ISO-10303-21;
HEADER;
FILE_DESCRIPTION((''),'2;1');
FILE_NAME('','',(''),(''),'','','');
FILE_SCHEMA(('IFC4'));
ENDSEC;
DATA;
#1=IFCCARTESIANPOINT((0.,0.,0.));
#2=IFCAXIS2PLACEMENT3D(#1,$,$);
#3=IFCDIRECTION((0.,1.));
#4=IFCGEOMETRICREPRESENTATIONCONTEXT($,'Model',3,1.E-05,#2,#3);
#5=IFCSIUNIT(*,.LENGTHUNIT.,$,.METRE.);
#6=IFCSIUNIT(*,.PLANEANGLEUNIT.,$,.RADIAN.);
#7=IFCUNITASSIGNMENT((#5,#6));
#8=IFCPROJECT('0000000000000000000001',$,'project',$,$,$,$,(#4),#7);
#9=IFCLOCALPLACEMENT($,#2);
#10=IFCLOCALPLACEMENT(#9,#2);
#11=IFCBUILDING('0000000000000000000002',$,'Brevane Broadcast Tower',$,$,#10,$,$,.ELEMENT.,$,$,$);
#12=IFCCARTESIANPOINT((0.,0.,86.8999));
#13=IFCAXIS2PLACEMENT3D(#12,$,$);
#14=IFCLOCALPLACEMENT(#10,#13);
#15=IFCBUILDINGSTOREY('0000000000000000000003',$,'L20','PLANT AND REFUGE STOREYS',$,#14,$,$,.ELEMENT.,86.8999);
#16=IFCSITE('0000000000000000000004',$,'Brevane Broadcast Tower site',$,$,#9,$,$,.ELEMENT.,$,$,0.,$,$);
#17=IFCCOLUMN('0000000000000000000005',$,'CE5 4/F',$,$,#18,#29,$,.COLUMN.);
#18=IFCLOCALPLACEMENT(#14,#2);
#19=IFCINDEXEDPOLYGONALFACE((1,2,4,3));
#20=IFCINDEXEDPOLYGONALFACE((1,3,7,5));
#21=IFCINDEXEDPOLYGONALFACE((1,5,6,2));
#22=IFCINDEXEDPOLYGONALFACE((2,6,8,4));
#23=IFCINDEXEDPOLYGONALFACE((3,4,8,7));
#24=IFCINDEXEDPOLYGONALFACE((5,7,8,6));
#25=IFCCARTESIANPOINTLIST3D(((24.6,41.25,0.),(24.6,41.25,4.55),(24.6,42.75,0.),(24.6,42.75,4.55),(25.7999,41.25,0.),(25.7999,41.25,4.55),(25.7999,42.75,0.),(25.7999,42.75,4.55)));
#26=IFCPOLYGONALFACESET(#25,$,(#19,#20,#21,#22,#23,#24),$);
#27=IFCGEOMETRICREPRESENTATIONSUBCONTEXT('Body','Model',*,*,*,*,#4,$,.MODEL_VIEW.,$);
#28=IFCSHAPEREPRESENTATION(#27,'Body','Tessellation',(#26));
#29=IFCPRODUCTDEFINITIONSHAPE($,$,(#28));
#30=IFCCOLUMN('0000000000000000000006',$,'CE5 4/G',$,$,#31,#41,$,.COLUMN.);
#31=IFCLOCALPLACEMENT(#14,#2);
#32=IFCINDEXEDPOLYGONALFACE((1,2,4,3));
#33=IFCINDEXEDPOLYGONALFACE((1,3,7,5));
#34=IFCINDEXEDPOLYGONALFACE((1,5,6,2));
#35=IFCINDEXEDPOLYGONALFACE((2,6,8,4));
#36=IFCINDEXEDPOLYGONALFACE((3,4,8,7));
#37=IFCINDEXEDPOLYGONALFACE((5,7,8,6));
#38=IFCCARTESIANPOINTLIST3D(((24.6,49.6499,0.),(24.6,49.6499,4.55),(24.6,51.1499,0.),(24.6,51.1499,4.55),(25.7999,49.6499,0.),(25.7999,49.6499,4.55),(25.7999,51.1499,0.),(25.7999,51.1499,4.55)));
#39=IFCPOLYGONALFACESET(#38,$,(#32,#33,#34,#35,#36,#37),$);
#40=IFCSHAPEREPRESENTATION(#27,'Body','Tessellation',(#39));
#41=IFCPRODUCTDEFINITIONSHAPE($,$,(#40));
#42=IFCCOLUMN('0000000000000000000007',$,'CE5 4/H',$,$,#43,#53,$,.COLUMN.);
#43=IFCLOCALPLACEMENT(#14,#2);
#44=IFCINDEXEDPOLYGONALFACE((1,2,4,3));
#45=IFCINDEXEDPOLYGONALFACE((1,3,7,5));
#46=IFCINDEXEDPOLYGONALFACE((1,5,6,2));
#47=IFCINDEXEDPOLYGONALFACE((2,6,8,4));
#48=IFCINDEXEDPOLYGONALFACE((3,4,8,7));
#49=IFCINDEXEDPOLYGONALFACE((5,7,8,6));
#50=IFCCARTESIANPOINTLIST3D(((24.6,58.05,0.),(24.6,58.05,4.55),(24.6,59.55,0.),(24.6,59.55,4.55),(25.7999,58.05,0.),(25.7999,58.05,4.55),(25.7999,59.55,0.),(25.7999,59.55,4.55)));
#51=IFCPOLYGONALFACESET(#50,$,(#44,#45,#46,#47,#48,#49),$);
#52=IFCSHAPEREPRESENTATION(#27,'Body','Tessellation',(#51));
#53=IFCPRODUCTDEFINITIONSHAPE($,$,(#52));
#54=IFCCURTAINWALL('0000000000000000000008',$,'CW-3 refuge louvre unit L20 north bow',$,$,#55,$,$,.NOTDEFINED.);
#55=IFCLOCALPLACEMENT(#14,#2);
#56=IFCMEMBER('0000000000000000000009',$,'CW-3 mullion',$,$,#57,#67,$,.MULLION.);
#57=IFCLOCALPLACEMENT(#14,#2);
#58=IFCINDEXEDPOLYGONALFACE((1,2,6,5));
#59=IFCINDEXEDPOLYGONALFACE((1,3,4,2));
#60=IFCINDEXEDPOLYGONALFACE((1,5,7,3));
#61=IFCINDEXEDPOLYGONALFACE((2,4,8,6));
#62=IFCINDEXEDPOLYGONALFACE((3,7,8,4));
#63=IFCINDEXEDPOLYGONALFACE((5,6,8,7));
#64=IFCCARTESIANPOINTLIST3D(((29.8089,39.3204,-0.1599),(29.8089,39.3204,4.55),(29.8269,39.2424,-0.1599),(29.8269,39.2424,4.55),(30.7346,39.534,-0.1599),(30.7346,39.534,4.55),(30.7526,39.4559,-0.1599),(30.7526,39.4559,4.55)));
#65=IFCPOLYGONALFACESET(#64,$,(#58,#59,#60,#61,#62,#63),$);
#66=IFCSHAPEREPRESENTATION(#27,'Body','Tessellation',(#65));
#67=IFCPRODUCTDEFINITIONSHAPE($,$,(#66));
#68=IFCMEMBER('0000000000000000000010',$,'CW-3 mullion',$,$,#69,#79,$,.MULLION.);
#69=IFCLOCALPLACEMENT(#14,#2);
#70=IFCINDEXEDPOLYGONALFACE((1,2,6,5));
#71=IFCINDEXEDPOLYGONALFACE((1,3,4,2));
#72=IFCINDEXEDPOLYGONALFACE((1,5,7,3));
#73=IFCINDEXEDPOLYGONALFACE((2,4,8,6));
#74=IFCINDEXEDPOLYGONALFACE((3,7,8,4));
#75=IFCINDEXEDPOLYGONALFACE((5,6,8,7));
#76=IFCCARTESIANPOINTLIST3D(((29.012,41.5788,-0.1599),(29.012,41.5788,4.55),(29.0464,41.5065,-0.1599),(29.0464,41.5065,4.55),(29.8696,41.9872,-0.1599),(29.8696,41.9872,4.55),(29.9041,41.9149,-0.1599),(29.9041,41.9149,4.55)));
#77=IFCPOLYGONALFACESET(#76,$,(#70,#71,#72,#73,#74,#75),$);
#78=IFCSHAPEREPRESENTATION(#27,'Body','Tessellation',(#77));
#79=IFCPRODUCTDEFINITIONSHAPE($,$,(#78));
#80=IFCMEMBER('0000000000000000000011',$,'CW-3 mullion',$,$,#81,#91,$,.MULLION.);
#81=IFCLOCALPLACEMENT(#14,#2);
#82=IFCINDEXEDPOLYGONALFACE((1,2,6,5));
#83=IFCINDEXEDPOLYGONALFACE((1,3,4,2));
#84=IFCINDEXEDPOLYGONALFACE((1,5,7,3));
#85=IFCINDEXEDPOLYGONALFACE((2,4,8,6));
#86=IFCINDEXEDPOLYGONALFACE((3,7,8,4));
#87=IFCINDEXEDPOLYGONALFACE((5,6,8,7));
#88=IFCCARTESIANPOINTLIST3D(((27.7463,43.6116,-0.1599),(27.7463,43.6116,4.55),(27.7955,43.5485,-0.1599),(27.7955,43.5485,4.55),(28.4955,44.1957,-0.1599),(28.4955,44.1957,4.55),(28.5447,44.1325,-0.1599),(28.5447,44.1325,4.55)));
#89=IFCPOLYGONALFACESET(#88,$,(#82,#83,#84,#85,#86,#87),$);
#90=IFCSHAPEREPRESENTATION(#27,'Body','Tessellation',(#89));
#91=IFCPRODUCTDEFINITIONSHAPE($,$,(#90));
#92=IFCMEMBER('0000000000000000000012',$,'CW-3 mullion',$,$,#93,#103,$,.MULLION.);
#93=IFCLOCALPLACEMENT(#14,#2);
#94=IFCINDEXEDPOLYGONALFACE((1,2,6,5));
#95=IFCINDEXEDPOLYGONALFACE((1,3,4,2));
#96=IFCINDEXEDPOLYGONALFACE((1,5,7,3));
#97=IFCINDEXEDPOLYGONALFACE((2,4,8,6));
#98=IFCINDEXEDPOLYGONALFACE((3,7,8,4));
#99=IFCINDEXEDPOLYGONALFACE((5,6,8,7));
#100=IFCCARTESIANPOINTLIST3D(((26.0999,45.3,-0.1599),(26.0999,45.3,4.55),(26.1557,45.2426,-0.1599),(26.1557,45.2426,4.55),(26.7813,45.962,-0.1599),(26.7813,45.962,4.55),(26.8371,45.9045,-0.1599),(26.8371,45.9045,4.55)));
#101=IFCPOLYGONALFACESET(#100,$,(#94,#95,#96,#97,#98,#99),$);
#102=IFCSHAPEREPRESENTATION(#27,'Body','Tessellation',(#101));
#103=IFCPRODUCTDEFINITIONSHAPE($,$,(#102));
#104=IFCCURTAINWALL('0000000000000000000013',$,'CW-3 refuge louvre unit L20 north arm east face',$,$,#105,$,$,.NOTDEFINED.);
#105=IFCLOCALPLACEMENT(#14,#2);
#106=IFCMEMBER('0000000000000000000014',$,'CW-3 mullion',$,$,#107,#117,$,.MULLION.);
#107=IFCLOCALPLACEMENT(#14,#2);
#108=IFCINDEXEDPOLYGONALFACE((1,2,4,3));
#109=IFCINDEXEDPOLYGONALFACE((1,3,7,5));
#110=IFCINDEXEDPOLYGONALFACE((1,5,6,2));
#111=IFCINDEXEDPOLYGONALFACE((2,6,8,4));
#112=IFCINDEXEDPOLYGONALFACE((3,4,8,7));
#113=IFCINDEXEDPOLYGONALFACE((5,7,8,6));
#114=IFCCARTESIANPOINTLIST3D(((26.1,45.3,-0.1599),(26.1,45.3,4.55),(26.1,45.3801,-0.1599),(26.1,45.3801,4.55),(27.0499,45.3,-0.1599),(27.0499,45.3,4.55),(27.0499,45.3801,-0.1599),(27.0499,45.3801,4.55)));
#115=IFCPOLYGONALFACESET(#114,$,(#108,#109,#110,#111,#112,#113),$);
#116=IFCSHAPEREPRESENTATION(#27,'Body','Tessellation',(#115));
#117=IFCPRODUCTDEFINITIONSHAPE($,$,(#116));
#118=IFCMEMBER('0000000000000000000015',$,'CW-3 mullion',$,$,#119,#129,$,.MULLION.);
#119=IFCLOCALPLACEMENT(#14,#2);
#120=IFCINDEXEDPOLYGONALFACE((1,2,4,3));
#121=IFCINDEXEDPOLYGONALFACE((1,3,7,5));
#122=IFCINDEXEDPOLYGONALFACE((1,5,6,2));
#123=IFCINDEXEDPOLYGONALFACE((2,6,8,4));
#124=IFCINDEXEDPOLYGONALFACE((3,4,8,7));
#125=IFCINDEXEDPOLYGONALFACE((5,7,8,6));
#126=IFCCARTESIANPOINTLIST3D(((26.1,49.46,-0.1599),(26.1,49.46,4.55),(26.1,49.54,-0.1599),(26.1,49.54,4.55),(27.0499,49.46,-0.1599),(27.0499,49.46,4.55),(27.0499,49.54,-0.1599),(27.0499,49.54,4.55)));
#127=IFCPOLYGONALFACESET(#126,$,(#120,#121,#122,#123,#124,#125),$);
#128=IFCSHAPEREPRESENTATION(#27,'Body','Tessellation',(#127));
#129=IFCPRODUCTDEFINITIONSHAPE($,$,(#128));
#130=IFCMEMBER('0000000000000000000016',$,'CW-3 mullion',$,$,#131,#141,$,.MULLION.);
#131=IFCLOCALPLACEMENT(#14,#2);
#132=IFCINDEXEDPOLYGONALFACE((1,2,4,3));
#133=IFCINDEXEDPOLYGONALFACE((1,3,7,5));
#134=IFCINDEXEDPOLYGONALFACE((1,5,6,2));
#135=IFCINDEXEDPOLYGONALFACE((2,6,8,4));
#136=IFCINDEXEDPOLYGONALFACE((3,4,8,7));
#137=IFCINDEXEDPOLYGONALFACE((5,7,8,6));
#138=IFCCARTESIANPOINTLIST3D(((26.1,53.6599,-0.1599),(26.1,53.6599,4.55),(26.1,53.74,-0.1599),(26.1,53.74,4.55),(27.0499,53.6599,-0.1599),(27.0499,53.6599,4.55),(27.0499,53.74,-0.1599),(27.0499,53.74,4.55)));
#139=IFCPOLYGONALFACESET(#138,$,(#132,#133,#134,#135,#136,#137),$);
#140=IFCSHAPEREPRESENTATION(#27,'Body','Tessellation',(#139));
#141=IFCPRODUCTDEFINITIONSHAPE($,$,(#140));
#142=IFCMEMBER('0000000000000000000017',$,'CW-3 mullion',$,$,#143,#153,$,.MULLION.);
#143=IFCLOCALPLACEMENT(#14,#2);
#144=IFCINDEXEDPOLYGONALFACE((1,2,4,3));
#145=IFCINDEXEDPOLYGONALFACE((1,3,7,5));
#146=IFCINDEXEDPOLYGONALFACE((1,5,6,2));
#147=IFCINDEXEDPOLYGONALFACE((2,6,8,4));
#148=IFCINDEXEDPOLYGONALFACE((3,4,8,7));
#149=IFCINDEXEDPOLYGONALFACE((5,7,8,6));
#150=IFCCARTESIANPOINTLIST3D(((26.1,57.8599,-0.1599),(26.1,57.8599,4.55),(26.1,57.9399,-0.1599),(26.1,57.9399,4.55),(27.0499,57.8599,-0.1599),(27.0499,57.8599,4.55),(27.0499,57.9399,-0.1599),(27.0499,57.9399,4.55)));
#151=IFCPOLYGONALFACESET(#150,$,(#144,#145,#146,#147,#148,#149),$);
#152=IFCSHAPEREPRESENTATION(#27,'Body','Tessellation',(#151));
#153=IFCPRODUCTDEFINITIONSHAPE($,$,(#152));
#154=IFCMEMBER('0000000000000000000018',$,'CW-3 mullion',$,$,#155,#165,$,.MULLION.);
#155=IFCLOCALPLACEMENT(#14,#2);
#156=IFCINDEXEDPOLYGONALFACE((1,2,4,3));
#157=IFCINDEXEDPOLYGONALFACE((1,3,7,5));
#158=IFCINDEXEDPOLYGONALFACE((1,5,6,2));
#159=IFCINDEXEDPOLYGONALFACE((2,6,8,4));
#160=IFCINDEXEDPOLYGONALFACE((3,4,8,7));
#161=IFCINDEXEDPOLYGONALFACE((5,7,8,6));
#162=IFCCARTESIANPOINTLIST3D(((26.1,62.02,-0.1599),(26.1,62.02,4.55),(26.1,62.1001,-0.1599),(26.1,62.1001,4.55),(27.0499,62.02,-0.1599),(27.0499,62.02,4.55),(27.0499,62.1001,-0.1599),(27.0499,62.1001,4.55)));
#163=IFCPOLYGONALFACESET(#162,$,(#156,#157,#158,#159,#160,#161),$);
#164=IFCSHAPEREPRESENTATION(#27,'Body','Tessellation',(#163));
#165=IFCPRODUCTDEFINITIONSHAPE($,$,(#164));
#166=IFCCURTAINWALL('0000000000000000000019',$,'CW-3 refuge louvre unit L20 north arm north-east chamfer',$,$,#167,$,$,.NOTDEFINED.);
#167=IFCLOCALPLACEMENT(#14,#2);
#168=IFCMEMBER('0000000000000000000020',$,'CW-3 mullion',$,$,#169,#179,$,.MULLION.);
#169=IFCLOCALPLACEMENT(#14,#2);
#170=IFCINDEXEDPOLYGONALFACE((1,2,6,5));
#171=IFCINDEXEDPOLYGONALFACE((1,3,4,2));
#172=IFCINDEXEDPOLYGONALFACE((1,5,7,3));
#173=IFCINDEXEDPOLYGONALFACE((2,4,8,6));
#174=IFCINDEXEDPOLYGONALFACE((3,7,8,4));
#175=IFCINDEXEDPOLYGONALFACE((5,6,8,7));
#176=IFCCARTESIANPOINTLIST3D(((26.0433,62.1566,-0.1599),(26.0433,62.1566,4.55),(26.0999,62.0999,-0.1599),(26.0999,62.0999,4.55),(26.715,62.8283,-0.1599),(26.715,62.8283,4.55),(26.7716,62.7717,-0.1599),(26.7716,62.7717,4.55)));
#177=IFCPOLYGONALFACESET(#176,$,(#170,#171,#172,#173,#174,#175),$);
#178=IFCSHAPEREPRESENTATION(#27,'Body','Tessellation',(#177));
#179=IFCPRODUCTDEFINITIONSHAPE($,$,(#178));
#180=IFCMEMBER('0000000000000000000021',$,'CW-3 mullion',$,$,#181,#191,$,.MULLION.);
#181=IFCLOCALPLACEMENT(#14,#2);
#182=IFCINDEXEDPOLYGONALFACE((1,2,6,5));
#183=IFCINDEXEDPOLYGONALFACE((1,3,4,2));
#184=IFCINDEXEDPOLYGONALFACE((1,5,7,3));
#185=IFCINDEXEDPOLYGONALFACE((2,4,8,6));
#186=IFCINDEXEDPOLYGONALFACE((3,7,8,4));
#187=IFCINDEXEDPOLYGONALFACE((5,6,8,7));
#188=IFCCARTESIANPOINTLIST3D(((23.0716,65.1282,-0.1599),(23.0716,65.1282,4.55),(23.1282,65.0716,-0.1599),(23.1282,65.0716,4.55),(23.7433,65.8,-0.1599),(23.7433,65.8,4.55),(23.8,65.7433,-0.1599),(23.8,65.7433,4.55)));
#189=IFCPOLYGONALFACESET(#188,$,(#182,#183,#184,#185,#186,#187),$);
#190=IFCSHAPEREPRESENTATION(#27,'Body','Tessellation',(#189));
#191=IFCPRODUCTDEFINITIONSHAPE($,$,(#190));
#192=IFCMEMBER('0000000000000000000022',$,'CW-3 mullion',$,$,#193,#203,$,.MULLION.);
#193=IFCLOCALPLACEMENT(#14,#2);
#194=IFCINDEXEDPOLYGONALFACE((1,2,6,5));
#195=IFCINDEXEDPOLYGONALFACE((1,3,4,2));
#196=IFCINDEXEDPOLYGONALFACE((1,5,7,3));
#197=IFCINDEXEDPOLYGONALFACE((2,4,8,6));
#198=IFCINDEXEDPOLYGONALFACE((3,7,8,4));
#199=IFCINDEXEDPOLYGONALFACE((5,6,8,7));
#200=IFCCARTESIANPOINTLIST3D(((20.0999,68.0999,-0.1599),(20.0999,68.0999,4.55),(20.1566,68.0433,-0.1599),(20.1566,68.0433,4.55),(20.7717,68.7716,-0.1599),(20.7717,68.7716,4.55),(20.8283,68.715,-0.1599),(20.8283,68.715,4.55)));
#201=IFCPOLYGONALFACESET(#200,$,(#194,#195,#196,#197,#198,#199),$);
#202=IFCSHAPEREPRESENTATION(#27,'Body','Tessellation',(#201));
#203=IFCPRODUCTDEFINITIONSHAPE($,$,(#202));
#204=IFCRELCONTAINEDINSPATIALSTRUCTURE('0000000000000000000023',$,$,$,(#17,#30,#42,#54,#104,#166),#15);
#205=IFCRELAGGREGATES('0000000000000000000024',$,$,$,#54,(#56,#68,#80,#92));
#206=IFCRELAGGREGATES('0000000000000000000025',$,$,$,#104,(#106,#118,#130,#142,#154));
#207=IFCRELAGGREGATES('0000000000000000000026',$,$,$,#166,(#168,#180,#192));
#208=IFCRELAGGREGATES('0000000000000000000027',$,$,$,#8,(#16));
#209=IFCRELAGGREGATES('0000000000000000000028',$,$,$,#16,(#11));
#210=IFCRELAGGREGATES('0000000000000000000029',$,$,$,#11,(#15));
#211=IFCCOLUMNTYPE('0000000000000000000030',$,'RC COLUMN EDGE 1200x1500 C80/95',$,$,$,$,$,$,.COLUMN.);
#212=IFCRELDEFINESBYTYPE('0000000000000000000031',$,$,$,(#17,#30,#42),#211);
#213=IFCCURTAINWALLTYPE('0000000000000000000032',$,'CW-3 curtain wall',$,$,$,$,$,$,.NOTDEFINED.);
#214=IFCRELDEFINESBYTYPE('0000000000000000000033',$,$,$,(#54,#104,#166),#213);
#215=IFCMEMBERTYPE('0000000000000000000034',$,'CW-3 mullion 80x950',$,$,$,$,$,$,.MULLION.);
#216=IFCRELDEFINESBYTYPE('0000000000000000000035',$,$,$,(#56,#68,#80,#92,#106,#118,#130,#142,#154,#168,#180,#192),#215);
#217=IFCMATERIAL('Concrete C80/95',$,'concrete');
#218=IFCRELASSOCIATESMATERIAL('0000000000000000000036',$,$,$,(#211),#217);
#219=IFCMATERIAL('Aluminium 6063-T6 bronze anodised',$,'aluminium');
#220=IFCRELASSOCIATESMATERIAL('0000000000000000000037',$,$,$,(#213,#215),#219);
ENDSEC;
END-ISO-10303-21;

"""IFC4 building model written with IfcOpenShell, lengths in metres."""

from ifc_helpers import new_model, si_unit, direction, frame, origin, origin_2d, place, context, subcontext, project, spatial, rectangle, extrude, material, material_profile, profile_set, type_object, element, aggregate, save


model = new_model("IFC4")

# Units and contexts
model_context = context("Model", 3, precision=1e-05, world=origin(), true_north=direction((0.0, 1.0)))
body_context = subcontext(model_context, "Body", "Model", "MODEL_VIEW")
ifc_project = project(units=[si_unit("LENGTHUNIT", "METRE"), si_unit("PLANEANGLEUNIT", "RADIAN")], contexts=[model_context])

# Site, building, storey
site_placement = place(None, origin())
site = spatial("IfcSite", under=ifc_project, at=site_placement, Name="Brevane Broadcast Tower site", CompositionType="ELEMENT", RefElevation=0.0)
building_placement = place(site_placement, origin())
building = spatial("IfcBuilding", under=site, at=building_placement, Name="Brevane Broadcast Tower", CompositionType="ELEMENT")
storey_placement = place(building_placement, frame((0.0, 0.0, 86.8999)))
storey = spatial("IfcBuildingStorey", under=building, at=storey_placement, Name="L20", Description="PLANT AND REFUGE STOREYS", CompositionType="ELEMENT", Elevation=86.8999)

# Columns
ifc_material_1 = material(Name="Concrete C80/95", Category="concrete")
ifc_material_profile_1 = material_profile(ifc_material_1, rectangle(XDim=1.2, YDim=1.5, at=origin_2d()), Name="RC 1200x1500")
ifc_profile_set_1 = profile_set([ifc_material_profile_1], Name="Concrete C80/95")
column_type = type_object("IfcColumnType", Name="RC COLUMN EDGE 1200x1500 C80/95", PredefinedType="COLUMN", material=ifc_profile_set_1)
for number, where, z_axis, x_axis, name in (
    (1, (25.2, 42.0, 0.0), (0.0, 0.0, 1.0), (1.0, 0.0, 0.0), "CE5 4/F"),
    (2, (25.2, 50.3999, 0.0), (0.0, 0.0, 1.0), (1.0, 0.0, 0.0), "CE5 4/G"),
    (3, (25.2, 58.8, 0.0), (0.0, 0.0, 1.0), (1.0, 0.0, 0.0), "CE5 4/H"),
):
    element("IfcColumn", number, at=place(storey_placement, frame(where, z_axis=z_axis, x_axis=x_axis)), inside=storey, type_object=column_type, Name=name, PredefinedType="COLUMN", context=body_context, shape_type="SweptSolid", body=[
        extrude(rectangle(XDim=1.2, YDim=1.5, at=origin_2d()), origin(), (0.0, 0.0, 1.0), 4.55),
    ])

# Curtain walls, members
ifc_material_2 = material(Name="Aluminium 6063-T6 bronze anodised", Category="aluminium")
curtain_wall_type = type_object("IfcCurtainWallType", Name="CW-3 curtain wall", PredefinedType="NOTDEFINED", material=ifc_material_2)
curtain_wall_1_placement = place(storey_placement, origin())
curtain_wall_1 = element("IfcCurtainWall", 4, at=curtain_wall_1_placement, inside=storey, type_object=curtain_wall_type, Name="CW-3 refuge louvre unit L20 north bow", PredefinedType="NOTDEFINED")
ifc_material_profile_2 = material_profile(ifc_material_2, rectangle(XDim=0.95, YDim=0.0801, at=origin_2d()), Name="RECT 80x950")
ifc_profile_set_2 = profile_set([ifc_material_profile_2], Name="Aluminium 6063-T6 bronze anodised")
member_type_1 = type_object("IfcMemberType", Name="CW-3 mullion 80x950", PredefinedType="MULLION", material=ifc_profile_set_2)
member_1_placement = place(storey_placement, frame((30.2808, 39.3882, -0.1599), z_axis=(0.0, 0.0, 1.0), x_axis=(-0.974403, -0.224806, 0.0)))
member_1 = element("IfcMember", 5, at=member_1_placement, type_object=member_type_1, Name="CW-3 mullion", PredefinedType="MULLION", context=body_context, shape_type="SweptSolid", body=[
    extrude(rectangle(XDim=0.95, YDim=0.0801, at=origin_2d()), origin(), (0.0, 0.0, 1.0), 4.71),
])
member_2_placement = place(storey_placement, frame((29.458, 41.7468, -0.1599), z_axis=(0.0, 0.0, 1.0), x_axis=(-0.902861, -0.429934, 0.0)))
member_2 = element("IfcMember", 6, at=member_2_placement, type_object=member_type_1, Name="CW-3 mullion", PredefinedType="MULLION", context=body_context, shape_type="SweptSolid", body=[
    extrude(rectangle(XDim=0.95, YDim=0.0801, at=origin_2d()), origin(), (0.0, 0.0, 1.0), 4.71),
])
member_3_placement = place(storey_placement, frame((28.1455, 43.8721, -0.1599), z_axis=(0.0, 0.0, 1.0), x_axis=(-0.788707, -0.61477, 0.0)))
member_3 = element("IfcMember", 7, at=member_3_placement, type_object=member_type_1, Name="CW-3 mullion", PredefinedType="MULLION", context=body_context, shape_type="SweptSolid", body=[
    extrude(rectangle(XDim=0.95, YDim=0.0801, at=origin_2d()), origin(), (0.0, 0.0, 1.0), 4.71),
])
member_4_placement = place(storey_placement, frame((26.4685, 45.6023, -0.1599), z_axis=(0.0, 0.0, 1.0), x_axis=(-0.717254, -0.696812, 0.0)))
member_4 = element("IfcMember", 8, at=member_4_placement, type_object=member_type_1, Name="CW-3 mullion", PredefinedType="MULLION", context=body_context, shape_type="SweptSolid", body=[
    extrude(rectangle(XDim=0.95, YDim=0.0801, at=origin_2d()), origin(), (0.0, 0.0, 1.0), 4.71),
])
curtain_wall_2_placement = place(storey_placement, origin())
curtain_wall_2 = element("IfcCurtainWall", 9, at=curtain_wall_2_placement, inside=storey, type_object=curtain_wall_type, Name="CW-3 refuge louvre unit L20 north arm east face", PredefinedType="NOTDEFINED")
member_5_placement = place(storey_placement, frame((26.575, 45.3401, -0.1599), z_axis=(0.0, 0.0, 1.0), x_axis=(-1.0, 0.0, 0.0)))
member_5 = element("IfcMember", 10, at=member_5_placement, type_object=member_type_1, Name="CW-3 mullion", PredefinedType="MULLION", context=body_context, shape_type="SweptSolid", body=[
    extrude(rectangle(XDim=0.95, YDim=0.0801, at=origin_2d()), origin(), (0.0, 0.0, 1.0), 4.71),
])
member_6_placement = place(storey_placement, frame((26.575, 49.5, -0.1599), z_axis=(0.0, 0.0, 1.0), x_axis=(-1.0, 0.0, 0.0)))
member_6 = element("IfcMember", 11, at=member_6_placement, type_object=member_type_1, Name="CW-3 mullion", PredefinedType="MULLION", context=body_context, shape_type="SweptSolid", body=[
    extrude(rectangle(XDim=0.95, YDim=0.0801, at=origin_2d()), origin(), (0.0, 0.0, 1.0), 4.71),
])
member_7_placement = place(storey_placement, frame((26.575, 53.7, -0.1599), z_axis=(0.0, 0.0, 1.0), x_axis=(-1.0, 0.0, 0.0)))
member_7 = element("IfcMember", 12, at=member_7_placement, type_object=member_type_1, Name="CW-3 mullion", PredefinedType="MULLION", context=body_context, shape_type="SweptSolid", body=[
    extrude(rectangle(XDim=0.95, YDim=0.0801, at=origin_2d()), origin(), (0.0, 0.0, 1.0), 4.71),
])
member_8_placement = place(storey_placement, frame((26.575, 57.8999, -0.1599), z_axis=(0.0, 0.0, 1.0), x_axis=(-1.0, 0.0, 0.0)))
member_8 = element("IfcMember", 13, at=member_8_placement, type_object=member_type_1, Name="CW-3 mullion", PredefinedType="MULLION", context=body_context, shape_type="SweptSolid", body=[
    extrude(rectangle(XDim=0.95, YDim=0.0801, at=origin_2d()), origin(), (0.0, 0.0, 1.0), 4.71),
])
member_9_placement = place(storey_placement, frame((26.575, 62.0601, -0.1599), z_axis=(0.0, 0.0, 1.0), x_axis=(-1.0, 0.0, 0.0)))
member_9 = element("IfcMember", 14, at=member_9_placement, type_object=member_type_1, Name="CW-3 mullion", PredefinedType="MULLION", context=body_context, shape_type="SweptSolid", body=[
    extrude(rectangle(XDim=0.95, YDim=0.0801, at=origin_2d()), origin(), (0.0, 0.0, 1.0), 4.71),
])
curtain_wall_3_placement = place(storey_placement, origin())
curtain_wall_3 = element("IfcCurtainWall", 15, at=curtain_wall_3_placement, inside=storey, type_object=curtain_wall_type, Name="CW-3 refuge louvre unit L20 north arm north-east chamfer", PredefinedType="NOTDEFINED")
member_10_placement = place(storey_placement, frame((26.4075, 62.4641, -0.1599), z_axis=(0.0, 0.0, 1.0), x_axis=(-0.707107, -0.707107, 0.0)))
member_10 = element("IfcMember", 16, at=member_10_placement, type_object=member_type_1, Name="CW-3 mullion", PredefinedType="MULLION", context=body_context, shape_type="SweptSolid", body=[
    extrude(rectangle(XDim=0.95, YDim=0.0801, at=origin_2d()), origin(), (0.0, 0.0, 1.0), 4.71),
])
member_11_placement = place(storey_placement, frame((23.4358, 65.4358, -0.1599), z_axis=(0.0, 0.0, 1.0), x_axis=(-0.707107, -0.707107, 0.0)))
member_11 = element("IfcMember", 17, at=member_11_placement, type_object=member_type_1, Name="CW-3 mullion", PredefinedType="MULLION", context=body_context, shape_type="SweptSolid", body=[
    extrude(rectangle(XDim=0.95, YDim=0.0801, at=origin_2d()), origin(), (0.0, 0.0, 1.0), 4.71),
])
member_12_placement = place(storey_placement, frame((20.4641, 68.4075, -0.1599), z_axis=(0.0, 0.0, 1.0), x_axis=(-0.707107, -0.707107, 0.0)))
member_12 = element("IfcMember", 18, at=member_12_placement, type_object=member_type_1, Name="CW-3 mullion", PredefinedType="MULLION", context=body_context, shape_type="SweptSolid", body=[
    extrude(rectangle(XDim=0.95, YDim=0.0801, at=origin_2d()), origin(), (0.0, 0.0, 1.0), 4.71),
])

aggregate(curtain_wall_1, [member_1, member_2, member_3, member_4])
aggregate(curtain_wall_2, [member_5, member_6, member_7, member_8, member_9])
aggregate(curtain_wall_3, [member_10, member_11, member_12])

save(model, "model.ifc")
